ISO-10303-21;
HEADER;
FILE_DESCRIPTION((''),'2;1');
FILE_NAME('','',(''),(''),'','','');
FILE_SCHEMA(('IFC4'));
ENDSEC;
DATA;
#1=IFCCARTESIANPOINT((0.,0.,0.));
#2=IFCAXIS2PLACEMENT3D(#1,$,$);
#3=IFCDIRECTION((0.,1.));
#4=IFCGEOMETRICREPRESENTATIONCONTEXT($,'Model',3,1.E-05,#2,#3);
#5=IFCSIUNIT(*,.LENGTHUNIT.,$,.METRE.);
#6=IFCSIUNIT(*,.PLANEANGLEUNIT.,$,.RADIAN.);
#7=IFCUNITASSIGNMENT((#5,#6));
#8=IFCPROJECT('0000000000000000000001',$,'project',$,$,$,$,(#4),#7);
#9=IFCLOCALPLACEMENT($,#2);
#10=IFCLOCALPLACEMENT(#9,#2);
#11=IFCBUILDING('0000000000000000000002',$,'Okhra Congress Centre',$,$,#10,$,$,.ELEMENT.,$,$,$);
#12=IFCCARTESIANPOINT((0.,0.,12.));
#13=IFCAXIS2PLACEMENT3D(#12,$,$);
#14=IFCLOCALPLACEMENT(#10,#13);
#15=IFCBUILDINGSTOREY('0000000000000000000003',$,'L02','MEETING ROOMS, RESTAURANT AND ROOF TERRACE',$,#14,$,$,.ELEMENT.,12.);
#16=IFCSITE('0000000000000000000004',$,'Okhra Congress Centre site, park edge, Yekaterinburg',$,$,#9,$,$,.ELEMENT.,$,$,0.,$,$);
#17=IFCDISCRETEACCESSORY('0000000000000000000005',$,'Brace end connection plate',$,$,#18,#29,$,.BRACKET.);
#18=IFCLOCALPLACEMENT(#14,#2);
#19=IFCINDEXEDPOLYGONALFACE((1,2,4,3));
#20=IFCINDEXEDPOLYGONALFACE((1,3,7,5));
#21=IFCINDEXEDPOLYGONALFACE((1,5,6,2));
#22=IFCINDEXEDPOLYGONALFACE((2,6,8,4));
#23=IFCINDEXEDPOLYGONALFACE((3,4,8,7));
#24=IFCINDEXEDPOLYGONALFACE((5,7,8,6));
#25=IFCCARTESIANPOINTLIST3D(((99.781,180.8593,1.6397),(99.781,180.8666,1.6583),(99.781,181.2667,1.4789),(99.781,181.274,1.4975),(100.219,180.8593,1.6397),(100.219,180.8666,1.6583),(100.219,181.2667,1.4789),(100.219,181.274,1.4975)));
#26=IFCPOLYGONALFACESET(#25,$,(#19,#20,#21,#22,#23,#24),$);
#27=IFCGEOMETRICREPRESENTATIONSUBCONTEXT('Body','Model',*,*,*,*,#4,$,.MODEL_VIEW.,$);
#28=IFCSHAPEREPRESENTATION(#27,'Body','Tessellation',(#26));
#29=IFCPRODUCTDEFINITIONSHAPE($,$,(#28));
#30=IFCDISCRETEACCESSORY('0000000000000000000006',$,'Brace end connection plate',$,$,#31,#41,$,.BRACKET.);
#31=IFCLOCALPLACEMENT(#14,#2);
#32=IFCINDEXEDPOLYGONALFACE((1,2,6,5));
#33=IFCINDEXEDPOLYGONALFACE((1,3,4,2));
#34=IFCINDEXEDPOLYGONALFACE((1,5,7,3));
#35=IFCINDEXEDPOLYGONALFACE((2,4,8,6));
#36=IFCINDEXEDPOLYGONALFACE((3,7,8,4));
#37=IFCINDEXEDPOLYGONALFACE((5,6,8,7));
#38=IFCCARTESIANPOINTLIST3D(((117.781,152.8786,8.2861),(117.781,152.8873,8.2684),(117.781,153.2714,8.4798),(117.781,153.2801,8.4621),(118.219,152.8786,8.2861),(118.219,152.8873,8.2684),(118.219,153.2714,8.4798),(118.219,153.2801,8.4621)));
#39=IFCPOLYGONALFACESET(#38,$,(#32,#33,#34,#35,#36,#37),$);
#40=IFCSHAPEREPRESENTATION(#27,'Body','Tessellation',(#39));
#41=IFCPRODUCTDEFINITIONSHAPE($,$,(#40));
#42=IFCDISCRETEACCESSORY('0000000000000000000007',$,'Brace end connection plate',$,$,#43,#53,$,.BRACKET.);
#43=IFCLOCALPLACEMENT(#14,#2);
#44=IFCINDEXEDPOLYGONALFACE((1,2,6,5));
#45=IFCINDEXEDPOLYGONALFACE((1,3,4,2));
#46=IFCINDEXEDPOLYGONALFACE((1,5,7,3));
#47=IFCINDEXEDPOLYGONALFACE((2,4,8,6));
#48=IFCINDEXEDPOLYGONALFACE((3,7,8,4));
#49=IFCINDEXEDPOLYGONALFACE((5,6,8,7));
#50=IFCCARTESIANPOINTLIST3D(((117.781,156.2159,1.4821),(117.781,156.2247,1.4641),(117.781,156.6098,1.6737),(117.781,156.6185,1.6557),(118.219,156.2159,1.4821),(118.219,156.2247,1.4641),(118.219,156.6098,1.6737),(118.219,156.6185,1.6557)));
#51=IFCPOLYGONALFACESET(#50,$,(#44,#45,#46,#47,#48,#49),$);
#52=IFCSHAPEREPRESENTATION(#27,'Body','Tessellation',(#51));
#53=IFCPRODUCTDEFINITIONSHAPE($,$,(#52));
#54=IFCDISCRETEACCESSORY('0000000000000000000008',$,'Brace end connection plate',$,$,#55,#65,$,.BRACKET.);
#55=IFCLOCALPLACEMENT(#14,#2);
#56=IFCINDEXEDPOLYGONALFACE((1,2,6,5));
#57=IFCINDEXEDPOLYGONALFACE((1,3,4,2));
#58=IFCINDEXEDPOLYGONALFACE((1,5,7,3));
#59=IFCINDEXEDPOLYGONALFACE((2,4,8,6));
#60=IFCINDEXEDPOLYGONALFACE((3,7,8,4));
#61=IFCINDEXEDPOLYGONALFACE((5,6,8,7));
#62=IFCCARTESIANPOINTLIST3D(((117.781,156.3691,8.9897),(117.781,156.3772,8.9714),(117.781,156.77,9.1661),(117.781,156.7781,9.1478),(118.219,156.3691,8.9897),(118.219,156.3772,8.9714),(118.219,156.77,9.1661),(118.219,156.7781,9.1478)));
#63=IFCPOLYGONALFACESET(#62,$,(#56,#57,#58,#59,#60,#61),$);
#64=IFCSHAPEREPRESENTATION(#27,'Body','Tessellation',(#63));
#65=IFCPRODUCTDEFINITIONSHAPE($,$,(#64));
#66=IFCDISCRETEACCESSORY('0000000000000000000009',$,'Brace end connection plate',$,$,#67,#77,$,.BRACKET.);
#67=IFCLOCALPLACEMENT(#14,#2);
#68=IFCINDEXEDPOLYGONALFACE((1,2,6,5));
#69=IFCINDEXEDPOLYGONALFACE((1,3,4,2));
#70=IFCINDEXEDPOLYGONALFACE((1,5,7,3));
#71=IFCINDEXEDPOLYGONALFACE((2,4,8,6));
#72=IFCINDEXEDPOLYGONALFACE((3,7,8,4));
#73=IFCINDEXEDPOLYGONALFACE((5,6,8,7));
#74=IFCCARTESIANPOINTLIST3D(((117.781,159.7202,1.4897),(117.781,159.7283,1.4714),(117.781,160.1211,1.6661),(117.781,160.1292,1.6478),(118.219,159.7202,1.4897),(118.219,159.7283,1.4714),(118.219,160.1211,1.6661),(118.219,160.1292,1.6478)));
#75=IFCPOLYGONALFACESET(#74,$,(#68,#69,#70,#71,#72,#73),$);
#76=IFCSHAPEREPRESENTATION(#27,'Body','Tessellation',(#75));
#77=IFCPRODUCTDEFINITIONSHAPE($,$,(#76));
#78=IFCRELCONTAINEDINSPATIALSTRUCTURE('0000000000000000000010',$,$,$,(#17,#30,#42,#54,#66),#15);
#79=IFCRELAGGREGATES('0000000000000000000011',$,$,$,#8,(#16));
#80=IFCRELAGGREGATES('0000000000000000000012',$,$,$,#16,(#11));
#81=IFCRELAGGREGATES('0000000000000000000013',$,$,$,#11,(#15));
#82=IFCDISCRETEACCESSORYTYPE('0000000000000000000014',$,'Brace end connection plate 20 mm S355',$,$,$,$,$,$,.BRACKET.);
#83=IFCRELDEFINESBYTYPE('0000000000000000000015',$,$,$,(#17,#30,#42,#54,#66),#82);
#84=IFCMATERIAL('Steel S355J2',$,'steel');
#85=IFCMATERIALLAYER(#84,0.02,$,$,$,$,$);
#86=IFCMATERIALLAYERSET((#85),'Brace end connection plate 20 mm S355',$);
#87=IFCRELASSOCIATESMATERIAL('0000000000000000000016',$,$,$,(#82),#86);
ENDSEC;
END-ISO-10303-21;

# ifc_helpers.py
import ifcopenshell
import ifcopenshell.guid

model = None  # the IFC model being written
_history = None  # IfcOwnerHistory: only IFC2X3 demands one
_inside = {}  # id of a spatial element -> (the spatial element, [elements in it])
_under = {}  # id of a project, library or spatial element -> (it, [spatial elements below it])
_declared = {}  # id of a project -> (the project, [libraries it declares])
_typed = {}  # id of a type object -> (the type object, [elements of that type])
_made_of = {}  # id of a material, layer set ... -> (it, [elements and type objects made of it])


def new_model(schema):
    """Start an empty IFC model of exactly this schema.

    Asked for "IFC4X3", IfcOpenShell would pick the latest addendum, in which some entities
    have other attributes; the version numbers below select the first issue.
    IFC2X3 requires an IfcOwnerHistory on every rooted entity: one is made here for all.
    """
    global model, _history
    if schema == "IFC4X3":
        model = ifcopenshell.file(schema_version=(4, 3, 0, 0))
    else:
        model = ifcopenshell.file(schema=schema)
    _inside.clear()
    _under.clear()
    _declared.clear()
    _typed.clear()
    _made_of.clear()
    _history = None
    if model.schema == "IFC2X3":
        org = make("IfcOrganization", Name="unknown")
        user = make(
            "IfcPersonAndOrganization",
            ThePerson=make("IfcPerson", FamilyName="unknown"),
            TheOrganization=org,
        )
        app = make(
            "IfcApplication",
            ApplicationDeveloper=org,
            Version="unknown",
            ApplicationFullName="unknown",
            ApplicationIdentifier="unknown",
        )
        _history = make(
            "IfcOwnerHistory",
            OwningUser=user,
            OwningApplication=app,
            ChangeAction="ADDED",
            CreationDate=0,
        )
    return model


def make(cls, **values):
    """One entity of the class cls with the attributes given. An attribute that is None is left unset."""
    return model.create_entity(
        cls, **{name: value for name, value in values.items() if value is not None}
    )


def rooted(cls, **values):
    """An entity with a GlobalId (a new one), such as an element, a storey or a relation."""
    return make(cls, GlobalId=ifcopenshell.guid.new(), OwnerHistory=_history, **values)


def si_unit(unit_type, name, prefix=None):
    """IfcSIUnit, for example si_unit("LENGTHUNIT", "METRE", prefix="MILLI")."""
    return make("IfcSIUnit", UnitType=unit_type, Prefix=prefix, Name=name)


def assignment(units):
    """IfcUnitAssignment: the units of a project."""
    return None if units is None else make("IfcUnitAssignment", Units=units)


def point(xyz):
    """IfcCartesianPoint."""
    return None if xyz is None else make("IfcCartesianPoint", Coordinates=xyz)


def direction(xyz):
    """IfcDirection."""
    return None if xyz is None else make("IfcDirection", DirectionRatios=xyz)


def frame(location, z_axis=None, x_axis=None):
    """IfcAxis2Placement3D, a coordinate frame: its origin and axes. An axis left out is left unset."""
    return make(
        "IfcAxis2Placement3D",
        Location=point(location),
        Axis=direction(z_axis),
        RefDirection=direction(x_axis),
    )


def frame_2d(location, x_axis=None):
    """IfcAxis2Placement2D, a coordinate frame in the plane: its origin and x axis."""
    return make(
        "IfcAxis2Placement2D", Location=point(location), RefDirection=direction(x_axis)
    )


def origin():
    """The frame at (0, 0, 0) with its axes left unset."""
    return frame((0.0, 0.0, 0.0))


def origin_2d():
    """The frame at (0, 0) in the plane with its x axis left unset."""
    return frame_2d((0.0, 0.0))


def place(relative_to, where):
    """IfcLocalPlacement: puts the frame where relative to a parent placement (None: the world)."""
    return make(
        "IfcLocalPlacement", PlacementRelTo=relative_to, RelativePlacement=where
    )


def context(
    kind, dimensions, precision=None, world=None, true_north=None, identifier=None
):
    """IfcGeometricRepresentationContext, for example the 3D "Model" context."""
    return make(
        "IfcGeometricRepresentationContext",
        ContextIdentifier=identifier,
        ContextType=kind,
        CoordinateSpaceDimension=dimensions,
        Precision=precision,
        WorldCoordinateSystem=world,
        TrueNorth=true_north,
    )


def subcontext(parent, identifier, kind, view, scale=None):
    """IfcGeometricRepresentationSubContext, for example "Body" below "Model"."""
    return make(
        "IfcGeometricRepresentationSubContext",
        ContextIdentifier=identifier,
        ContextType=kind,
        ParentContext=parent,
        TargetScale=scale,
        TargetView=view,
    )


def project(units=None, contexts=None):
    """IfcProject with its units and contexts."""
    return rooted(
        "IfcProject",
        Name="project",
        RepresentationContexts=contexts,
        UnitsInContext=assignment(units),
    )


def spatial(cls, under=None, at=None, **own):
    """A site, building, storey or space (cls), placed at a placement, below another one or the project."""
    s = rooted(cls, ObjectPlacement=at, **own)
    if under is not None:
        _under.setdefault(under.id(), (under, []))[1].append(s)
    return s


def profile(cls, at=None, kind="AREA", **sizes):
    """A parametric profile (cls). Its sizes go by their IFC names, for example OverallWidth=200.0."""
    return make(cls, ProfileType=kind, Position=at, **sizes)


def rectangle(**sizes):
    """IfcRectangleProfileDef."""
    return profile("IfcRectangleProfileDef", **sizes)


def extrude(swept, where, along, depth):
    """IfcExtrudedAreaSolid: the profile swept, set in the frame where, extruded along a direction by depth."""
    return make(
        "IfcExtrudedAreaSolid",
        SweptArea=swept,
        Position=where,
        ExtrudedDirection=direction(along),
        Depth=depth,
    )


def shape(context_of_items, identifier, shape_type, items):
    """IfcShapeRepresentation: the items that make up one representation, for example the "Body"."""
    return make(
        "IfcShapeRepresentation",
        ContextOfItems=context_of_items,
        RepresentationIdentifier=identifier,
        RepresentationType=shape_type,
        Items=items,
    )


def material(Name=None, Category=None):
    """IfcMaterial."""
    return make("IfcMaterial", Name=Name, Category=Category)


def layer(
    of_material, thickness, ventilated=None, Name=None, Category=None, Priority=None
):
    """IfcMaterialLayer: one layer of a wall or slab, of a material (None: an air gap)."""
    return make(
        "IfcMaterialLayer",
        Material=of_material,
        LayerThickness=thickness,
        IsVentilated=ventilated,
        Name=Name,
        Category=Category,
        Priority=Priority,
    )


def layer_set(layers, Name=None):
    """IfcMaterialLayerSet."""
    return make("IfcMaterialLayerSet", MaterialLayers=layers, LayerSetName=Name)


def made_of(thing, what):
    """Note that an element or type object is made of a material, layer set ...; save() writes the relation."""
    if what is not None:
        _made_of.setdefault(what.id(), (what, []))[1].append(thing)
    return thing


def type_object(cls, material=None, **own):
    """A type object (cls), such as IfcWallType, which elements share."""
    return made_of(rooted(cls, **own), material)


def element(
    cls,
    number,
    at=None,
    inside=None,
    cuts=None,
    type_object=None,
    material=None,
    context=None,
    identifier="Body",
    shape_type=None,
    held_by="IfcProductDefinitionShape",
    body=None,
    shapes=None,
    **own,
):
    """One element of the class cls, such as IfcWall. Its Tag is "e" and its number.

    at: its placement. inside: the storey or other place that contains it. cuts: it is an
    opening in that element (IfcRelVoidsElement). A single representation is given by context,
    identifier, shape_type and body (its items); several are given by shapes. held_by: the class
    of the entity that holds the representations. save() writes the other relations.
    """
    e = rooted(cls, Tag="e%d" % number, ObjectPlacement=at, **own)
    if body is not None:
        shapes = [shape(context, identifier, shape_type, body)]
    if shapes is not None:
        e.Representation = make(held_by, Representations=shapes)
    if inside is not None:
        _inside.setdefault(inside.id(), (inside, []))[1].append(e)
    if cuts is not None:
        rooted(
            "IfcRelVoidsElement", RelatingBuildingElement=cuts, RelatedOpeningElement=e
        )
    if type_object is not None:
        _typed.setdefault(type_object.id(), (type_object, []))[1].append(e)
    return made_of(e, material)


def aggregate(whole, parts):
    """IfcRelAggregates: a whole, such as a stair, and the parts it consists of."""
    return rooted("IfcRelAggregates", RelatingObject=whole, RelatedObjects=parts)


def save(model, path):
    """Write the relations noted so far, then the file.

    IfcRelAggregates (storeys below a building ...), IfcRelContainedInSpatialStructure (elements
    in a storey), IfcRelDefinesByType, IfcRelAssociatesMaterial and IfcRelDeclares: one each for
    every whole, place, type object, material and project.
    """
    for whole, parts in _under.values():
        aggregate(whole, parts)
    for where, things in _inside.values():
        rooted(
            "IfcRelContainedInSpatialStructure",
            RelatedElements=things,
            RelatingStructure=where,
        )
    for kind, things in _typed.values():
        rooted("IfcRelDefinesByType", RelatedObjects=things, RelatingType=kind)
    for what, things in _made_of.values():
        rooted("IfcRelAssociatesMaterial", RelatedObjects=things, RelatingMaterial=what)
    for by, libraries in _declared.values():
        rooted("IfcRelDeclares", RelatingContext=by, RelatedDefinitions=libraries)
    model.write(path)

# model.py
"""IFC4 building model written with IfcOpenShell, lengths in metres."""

from ifc_helpers import new_model, si_unit, direction, frame, origin, origin_2d, place, context, subcontext, project, spatial, rectangle, extrude, material, layer, layer_set, type_object, element, save


model = new_model("IFC4")

# Units and contexts
model_context = context("Model", 3, precision=1e-05, world=origin(), true_north=direction((0.0, 1.0)))
body_context = subcontext(model_context, "Body", "Model", "MODEL_VIEW")
ifc_project = project(units=[si_unit("LENGTHUNIT", "METRE"), si_unit("PLANEANGLEUNIT", "RADIAN")], contexts=[model_context])

# Site, building, storey
site_placement = place(None, origin())
site = spatial("IfcSite", under=ifc_project, at=site_placement, Name="Okhra Congress Centre site, park edge, Yekaterinburg", CompositionType="ELEMENT", RefElevation=0.0)
building_placement = place(site_placement, origin())
building = spatial("IfcBuilding", under=site, at=building_placement, Name="Okhra Congress Centre", CompositionType="ELEMENT")
storey_placement = place(building_placement, frame((0.0, 0.0, 12.0)))
storey = spatial("IfcBuildingStorey", under=building, at=storey_placement, Name="L02", Description="MEETING ROOMS, RESTAURANT AND ROOF TERRACE", CompositionType="ELEMENT", Elevation=12.0)

# Discrete accessories
ifc_material_1 = material(Name="Steel S355J2", Category="steel")
ifc_layer = layer(ifc_material_1, 0.02)
ifc_layer_set = layer_set([ifc_layer], Name="Brace end connection plate 20 mm S355")
discrete_accessory_type = type_object("IfcDiscreteAccessoryType", Name="Brace end connection plate 20 mm S355", PredefinedType="BRACKET", material=ifc_layer_set)
discrete_accessory_1_placement = place(storey_placement, frame((100.0, 181.0703, 1.5779), z_axis=(0.0, -0.367167, -0.930155), x_axis=(1.0, 0.0, 0.0)))
element("IfcDiscreteAccessory", 1, at=discrete_accessory_1_placement, inside=storey, type_object=discrete_accessory_type, Name="Brace end connection plate", PredefinedType="BRACKET", context=body_context, shape_type="SweptSolid", body=[
    extrude(rectangle(XDim=0.438, YDim=0.438, at=origin_2d()), origin(), (0.0, 0.0, 1.0), 0.02),
])
discrete_accessory_2_placement = place(storey_placement, frame((118.0, 153.0837, 8.3652), z_axis=(0.0, -0.442292, 0.896871), x_axis=(1.0, 0.0, 0.0)))
element("IfcDiscreteAccessory", 2, at=discrete_accessory_2_placement, inside=storey, type_object=discrete_accessory_type, Name="Brace end connection plate", PredefinedType="BRACKET", context=body_context, shape_type="SweptSolid", body=[
    extrude(rectangle(XDim=0.438, YDim=0.438, at=origin_2d()), origin(), (0.0, 0.0, 1.0), 0.0198),
])
for number, where, z_axis, x_axis, name in (
    (3, (118.0, 156.4128, 1.5779), (0.0, 0.437466, -0.899235), (-1.0, 0.0, 0.0), "Brace end connection plate"),
    (4, (118.0, 156.5776, 9.0596), (0.0, -0.402739, 0.915315), (1.0, 0.0, 0.0), "Brace end connection plate"),
    (5, (118.0, 159.9207, 1.5779), (0.0, 0.402739, -0.915315), (-1.0, 0.0, 0.0), "Brace end connection plate"),
):
    element("IfcDiscreteAccessory", number, at=place(storey_placement, frame(where, z_axis=z_axis, x_axis=x_axis)), inside=storey, type_object=discrete_accessory_type, Name=name, PredefinedType="BRACKET", context=body_context, shape_type="SweptSolid", body=[
        extrude(rectangle(XDim=0.438, YDim=0.438, at=origin_2d()), origin(), (0.0, 0.0, 1.0), 0.02),
    ])

save(model, "model.ifc")
